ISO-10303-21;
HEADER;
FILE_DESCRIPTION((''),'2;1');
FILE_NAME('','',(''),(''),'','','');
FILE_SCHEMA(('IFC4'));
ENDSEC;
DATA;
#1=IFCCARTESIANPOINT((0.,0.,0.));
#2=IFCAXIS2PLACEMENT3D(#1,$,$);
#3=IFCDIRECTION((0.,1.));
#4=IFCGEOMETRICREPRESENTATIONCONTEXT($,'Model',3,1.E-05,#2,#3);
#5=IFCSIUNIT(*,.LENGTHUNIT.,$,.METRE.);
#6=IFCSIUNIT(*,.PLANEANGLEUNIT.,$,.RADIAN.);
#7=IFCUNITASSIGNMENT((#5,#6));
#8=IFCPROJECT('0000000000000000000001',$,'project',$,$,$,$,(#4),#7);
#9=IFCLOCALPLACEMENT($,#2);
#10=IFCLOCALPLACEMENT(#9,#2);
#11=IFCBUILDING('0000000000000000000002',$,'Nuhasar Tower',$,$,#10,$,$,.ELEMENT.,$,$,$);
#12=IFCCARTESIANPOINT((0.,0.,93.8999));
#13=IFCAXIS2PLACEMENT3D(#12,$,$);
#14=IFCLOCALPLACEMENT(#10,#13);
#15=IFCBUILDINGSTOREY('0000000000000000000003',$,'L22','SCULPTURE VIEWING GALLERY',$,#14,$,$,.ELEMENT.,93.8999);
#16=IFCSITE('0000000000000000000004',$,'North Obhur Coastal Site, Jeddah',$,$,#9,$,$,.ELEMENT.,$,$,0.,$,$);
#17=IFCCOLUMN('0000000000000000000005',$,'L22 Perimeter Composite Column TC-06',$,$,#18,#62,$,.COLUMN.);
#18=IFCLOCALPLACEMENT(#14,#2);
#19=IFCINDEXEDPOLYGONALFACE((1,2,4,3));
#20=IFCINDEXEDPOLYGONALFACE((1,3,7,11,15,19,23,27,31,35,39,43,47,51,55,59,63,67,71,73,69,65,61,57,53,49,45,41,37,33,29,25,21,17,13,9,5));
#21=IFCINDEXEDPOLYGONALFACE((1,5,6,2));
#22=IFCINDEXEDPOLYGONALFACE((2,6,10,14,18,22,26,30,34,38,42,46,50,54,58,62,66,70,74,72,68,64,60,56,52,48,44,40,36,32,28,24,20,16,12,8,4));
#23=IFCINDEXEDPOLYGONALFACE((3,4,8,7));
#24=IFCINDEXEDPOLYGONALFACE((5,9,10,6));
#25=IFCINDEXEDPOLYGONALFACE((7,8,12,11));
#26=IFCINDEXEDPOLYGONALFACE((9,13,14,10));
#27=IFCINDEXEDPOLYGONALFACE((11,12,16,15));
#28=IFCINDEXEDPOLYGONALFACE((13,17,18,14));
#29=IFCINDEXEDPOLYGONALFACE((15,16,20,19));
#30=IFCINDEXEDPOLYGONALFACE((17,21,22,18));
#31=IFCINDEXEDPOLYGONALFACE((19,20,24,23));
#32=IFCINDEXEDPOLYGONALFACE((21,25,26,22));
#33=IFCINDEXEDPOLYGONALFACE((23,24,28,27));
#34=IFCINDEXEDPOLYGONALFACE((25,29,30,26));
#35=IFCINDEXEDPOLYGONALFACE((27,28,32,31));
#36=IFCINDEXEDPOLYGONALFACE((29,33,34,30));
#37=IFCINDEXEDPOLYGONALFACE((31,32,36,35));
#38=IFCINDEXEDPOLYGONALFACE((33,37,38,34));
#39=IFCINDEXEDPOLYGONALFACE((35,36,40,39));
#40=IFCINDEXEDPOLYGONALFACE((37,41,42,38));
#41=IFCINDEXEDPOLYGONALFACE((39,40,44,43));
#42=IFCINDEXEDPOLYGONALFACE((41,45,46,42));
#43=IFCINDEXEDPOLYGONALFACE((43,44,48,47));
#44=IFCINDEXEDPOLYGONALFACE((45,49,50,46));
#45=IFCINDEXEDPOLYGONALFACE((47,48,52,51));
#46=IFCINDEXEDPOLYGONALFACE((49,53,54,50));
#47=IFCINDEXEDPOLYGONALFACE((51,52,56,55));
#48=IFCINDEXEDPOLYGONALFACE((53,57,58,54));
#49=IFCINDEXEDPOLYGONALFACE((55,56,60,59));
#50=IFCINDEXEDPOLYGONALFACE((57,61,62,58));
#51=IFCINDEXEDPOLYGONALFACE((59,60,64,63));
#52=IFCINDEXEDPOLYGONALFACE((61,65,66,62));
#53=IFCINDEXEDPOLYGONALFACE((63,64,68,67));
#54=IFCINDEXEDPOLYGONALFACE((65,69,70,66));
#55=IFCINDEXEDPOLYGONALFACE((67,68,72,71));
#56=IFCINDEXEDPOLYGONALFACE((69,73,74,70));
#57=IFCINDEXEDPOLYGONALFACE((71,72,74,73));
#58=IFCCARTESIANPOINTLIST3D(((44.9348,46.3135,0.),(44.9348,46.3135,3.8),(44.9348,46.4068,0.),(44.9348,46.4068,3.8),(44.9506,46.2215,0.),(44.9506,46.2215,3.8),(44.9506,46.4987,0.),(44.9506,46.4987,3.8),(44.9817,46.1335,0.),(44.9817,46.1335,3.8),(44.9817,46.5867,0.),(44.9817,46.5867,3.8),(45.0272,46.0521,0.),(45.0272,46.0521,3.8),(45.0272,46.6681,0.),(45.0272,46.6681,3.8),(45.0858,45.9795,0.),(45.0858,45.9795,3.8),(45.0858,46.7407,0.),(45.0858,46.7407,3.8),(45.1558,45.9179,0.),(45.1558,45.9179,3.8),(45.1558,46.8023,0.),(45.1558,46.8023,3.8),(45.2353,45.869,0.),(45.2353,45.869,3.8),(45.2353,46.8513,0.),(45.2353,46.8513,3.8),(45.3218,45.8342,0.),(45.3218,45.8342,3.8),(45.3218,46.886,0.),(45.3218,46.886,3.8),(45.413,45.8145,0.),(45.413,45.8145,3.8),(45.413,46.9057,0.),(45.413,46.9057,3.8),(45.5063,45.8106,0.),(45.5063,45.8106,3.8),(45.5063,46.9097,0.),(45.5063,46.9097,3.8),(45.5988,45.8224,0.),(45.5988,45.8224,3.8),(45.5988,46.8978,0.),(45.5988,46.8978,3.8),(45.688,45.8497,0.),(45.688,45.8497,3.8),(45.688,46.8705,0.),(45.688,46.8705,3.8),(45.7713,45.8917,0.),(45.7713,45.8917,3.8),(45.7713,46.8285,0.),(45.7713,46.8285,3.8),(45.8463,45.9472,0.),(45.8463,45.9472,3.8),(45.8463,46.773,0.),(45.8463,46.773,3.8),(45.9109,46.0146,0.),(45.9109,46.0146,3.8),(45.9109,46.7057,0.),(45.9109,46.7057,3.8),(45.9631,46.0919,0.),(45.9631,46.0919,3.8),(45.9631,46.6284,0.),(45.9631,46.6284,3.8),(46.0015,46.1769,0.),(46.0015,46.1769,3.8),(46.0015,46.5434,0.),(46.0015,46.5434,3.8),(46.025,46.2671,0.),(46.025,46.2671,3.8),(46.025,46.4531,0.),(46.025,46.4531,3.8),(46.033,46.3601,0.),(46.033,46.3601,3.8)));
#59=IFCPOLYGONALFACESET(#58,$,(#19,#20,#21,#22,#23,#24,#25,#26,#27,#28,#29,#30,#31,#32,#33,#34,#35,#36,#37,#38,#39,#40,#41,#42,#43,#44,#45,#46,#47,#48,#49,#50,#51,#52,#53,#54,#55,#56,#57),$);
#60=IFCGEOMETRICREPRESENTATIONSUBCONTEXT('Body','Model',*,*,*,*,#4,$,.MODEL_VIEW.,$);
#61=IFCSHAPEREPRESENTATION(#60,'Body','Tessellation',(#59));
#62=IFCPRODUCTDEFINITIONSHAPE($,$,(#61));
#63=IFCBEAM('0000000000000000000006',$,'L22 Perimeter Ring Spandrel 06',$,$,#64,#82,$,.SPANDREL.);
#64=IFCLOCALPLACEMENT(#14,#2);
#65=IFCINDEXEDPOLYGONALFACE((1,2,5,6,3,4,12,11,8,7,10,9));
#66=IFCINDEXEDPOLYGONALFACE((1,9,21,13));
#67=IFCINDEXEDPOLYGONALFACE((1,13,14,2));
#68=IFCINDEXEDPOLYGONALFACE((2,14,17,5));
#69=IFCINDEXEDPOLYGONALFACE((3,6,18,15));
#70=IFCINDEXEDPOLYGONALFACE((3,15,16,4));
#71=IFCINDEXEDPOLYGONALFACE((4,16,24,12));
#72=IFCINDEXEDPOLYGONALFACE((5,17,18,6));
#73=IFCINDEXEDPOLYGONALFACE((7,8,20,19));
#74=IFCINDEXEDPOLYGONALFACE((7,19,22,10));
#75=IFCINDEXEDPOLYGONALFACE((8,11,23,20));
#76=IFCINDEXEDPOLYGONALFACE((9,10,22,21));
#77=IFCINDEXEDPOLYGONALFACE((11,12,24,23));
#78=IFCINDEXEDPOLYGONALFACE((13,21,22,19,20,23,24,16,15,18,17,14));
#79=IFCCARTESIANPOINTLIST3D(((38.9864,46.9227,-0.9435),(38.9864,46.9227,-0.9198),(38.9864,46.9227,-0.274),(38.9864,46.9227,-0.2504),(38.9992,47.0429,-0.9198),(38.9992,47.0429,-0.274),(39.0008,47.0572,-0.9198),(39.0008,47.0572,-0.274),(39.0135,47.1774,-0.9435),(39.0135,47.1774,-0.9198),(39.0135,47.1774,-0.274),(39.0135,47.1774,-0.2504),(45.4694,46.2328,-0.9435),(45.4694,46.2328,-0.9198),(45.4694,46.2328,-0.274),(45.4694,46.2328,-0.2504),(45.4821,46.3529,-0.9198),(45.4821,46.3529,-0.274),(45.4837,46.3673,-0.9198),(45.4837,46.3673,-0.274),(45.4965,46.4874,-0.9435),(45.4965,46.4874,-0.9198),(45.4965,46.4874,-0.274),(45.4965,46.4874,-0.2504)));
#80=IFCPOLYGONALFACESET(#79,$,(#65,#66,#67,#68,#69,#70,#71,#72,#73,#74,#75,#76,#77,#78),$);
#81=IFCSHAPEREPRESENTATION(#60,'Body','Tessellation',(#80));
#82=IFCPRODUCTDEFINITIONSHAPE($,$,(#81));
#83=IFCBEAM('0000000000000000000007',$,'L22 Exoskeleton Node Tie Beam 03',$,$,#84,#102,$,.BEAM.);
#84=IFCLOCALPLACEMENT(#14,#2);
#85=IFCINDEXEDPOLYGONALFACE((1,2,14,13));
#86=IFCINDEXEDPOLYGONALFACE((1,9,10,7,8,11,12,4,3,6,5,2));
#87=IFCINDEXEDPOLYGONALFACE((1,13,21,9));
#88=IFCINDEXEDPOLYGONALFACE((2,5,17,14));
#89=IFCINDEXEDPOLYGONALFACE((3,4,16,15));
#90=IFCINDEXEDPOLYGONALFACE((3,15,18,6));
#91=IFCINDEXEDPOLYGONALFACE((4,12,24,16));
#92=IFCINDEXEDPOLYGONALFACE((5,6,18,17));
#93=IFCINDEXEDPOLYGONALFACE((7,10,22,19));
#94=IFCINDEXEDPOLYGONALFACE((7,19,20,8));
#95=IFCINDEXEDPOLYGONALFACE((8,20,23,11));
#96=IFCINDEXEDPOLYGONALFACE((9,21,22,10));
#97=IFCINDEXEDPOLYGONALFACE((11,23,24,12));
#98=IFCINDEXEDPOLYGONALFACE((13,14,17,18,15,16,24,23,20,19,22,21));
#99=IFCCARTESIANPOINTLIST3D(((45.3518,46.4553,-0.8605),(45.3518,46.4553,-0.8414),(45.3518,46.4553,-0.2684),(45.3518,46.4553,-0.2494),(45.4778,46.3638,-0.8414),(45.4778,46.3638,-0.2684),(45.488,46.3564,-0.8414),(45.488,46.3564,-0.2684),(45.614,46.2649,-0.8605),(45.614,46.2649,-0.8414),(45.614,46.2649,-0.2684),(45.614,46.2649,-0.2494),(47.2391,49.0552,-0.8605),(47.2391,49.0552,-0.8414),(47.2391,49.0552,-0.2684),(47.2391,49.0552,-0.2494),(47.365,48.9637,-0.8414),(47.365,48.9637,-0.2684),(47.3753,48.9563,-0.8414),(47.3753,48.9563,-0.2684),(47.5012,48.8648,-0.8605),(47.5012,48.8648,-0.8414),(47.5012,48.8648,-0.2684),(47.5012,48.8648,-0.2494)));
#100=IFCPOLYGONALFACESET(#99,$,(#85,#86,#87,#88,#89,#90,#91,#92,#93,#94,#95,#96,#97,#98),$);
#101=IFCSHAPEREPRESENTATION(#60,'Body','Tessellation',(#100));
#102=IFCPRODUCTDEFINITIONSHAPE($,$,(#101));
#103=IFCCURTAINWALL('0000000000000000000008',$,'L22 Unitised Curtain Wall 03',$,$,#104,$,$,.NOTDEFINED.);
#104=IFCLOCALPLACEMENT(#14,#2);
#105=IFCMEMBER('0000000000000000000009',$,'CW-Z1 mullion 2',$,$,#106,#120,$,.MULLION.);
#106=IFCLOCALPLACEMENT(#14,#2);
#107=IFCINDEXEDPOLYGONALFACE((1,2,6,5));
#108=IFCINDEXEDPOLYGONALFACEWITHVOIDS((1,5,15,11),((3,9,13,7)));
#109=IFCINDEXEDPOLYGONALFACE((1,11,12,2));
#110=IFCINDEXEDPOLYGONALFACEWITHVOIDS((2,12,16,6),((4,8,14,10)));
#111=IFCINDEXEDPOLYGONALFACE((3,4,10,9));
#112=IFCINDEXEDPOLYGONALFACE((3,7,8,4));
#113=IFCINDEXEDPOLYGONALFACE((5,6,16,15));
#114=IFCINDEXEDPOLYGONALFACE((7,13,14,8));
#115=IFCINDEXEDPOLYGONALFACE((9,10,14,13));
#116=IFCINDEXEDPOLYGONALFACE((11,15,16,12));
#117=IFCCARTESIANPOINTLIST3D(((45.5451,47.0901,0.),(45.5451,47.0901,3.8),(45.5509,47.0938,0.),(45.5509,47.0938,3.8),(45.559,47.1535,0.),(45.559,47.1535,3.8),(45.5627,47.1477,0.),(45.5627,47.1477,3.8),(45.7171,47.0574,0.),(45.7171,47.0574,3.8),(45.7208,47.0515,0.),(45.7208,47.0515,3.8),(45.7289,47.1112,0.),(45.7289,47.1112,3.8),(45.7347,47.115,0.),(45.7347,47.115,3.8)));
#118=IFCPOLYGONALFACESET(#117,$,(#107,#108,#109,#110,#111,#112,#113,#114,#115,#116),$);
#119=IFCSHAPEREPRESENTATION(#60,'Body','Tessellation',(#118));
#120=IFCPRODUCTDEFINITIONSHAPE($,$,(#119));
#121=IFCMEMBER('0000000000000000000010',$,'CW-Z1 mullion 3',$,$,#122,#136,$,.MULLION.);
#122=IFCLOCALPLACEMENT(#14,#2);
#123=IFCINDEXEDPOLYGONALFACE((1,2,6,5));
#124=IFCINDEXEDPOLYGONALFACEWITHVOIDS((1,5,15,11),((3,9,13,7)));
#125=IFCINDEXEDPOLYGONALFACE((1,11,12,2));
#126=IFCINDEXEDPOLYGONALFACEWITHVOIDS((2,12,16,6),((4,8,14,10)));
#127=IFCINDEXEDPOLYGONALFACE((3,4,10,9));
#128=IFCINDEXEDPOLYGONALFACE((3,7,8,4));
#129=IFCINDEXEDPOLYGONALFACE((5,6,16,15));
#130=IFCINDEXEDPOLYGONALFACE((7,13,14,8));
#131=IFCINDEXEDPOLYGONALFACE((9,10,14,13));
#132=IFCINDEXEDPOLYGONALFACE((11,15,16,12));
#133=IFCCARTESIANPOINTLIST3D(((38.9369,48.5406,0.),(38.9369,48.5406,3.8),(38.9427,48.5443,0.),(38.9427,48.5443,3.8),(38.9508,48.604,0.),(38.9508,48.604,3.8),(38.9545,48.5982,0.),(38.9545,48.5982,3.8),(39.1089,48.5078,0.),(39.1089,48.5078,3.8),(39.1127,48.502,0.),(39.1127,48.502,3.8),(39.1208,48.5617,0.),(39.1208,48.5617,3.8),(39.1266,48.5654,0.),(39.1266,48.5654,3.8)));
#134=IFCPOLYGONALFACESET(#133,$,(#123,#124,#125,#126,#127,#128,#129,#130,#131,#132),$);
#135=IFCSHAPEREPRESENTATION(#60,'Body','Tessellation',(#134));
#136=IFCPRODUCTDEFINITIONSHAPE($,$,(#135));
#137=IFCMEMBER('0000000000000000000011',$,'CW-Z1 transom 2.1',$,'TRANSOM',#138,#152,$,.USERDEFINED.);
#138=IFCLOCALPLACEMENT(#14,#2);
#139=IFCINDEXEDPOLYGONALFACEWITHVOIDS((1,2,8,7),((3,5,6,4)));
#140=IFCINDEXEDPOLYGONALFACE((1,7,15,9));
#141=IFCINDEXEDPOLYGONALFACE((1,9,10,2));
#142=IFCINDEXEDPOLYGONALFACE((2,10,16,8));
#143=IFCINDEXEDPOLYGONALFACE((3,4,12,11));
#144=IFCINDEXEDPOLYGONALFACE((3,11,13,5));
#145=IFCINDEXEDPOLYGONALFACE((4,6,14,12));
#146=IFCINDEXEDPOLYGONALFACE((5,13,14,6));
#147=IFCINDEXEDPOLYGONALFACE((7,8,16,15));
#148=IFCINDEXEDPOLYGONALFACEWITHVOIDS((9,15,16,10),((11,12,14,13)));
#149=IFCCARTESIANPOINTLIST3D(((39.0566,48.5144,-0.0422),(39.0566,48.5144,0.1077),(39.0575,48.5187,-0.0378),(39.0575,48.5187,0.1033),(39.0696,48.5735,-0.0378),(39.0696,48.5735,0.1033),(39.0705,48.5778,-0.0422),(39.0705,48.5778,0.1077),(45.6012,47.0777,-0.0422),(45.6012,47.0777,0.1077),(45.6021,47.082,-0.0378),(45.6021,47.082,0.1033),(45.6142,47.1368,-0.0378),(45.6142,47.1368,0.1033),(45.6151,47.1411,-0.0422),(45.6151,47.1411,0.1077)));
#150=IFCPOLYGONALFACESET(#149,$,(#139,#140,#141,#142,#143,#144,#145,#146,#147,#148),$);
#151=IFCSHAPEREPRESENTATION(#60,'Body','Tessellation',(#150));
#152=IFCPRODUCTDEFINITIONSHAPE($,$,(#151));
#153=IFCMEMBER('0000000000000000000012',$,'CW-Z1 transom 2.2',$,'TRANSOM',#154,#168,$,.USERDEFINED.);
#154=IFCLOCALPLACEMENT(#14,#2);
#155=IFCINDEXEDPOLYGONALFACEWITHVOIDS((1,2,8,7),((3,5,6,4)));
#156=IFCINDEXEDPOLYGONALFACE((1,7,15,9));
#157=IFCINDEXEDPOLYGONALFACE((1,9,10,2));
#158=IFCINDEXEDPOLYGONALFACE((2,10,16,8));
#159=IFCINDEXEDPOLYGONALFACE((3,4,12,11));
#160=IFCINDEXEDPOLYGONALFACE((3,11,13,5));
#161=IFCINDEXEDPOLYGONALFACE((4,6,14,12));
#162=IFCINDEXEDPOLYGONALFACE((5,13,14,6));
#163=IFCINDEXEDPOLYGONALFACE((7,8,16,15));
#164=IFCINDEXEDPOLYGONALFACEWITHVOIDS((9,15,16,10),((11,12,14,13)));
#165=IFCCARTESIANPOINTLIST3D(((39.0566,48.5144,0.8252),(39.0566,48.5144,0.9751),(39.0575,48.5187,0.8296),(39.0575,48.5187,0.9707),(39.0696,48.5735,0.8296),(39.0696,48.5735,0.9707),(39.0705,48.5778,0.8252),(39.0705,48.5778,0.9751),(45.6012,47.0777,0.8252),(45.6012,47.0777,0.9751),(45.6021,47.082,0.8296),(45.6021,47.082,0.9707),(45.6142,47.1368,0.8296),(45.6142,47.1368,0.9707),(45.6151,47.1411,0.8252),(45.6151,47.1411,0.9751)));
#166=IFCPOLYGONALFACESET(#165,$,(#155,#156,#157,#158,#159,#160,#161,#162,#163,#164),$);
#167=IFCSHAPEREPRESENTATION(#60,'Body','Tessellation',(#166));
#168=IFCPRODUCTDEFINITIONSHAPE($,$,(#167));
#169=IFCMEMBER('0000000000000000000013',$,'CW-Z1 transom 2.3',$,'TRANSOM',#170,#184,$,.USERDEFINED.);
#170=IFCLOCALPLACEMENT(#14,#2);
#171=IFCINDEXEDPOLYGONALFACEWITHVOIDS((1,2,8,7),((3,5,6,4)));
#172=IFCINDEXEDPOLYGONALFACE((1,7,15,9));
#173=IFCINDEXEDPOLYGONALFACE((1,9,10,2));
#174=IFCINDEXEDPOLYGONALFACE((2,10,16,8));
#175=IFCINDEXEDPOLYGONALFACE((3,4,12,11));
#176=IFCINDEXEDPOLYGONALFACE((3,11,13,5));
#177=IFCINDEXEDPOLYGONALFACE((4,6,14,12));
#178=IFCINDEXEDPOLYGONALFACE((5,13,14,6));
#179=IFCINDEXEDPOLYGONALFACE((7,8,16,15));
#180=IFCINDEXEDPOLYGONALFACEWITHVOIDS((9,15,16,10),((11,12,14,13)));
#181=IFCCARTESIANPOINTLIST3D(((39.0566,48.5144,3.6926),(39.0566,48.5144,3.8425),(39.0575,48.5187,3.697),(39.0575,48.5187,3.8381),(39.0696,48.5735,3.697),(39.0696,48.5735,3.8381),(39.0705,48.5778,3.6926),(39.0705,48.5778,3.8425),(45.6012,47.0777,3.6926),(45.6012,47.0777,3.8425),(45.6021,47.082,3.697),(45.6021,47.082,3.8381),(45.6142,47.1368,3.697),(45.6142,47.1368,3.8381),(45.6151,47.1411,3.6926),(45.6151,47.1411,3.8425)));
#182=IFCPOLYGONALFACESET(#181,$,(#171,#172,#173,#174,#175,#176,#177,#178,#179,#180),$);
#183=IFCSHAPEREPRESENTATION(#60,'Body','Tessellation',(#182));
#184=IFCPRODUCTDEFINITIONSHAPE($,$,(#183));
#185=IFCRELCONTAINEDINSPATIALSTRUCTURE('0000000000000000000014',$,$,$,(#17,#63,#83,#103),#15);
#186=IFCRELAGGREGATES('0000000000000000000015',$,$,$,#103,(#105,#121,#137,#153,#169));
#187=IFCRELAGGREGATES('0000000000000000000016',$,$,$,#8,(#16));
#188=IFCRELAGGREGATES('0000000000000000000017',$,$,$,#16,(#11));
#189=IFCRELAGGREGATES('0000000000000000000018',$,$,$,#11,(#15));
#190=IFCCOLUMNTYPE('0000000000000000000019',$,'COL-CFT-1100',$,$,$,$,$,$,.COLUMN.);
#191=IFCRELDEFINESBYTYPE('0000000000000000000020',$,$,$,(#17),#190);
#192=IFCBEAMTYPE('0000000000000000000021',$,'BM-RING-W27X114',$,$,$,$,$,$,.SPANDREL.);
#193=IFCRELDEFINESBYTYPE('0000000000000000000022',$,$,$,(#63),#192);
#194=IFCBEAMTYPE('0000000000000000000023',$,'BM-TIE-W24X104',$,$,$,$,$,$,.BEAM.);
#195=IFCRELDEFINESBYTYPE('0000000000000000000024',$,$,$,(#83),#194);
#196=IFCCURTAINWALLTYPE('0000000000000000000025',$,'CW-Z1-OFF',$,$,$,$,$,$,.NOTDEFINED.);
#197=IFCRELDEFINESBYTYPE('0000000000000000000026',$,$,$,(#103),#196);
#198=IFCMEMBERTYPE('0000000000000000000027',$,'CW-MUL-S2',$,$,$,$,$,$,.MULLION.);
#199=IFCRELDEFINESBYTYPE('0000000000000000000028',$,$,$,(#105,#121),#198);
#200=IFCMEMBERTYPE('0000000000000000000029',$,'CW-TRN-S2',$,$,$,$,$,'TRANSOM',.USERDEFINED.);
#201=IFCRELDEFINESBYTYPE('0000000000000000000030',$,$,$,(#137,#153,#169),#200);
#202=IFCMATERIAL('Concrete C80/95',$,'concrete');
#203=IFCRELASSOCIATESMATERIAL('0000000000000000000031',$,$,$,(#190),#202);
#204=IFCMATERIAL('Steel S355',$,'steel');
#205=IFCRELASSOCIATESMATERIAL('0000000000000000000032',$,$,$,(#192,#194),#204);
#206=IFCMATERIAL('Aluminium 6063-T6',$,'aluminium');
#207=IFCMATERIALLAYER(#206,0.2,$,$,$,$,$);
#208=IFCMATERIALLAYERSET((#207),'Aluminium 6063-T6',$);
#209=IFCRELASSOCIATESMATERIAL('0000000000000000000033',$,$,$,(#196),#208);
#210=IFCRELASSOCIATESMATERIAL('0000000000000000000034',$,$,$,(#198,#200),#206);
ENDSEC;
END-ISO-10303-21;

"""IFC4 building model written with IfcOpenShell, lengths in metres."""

from ifc_helpers import new_model, si_unit, direction, frame, origin, origin_2d, place, context, subcontext, project, spatial, hollow_rectangle, circle, i_section, extrude, material, layer, layer_set, material_profile, profile_set, type_object, element, aggregate, save


model = new_model("IFC4")

# Units and contexts
model_context = context("Model", 3, precision=1e-05, world=origin(), true_north=direction((0.0, 1.0)))
body_context = subcontext(model_context, "Body", "Model", "MODEL_VIEW")
ifc_project = project(units=[si_unit("LENGTHUNIT", "METRE"), si_unit("PLANEANGLEUNIT", "RADIAN")], contexts=[model_context])

# Site, building, storey
site_placement = place(None, origin())
site = spatial("IfcSite", under=ifc_project, at=site_placement, Name="North Obhur Coastal Site, Jeddah", CompositionType="ELEMENT", RefElevation=0.0)
building_placement = place(site_placement, origin())
building = spatial("IfcBuilding", under=site, at=building_placement, Name="Nuhasar Tower", CompositionType="ELEMENT")
storey_placement = place(building_placement, frame((0.0, 0.0, 93.8999)))
storey = spatial("IfcBuildingStorey", under=building, at=storey_placement, Name="L22", Description="SCULPTURE VIEWING GALLERY", CompositionType="ELEMENT", Elevation=93.8999)

# Column
ifc_material_1 = material(Name="Concrete C80/95", Category="concrete")
ifc_material_profile_1 = material_profile(ifc_material_1, circle(Radius=0.55, at=origin_2d()), Name="CFT1100")
ifc_profile_set_1 = profile_set([ifc_material_profile_1], Name="Concrete C80/95")
column_type = type_object("IfcColumnType", Name="COL-CFT-1100", PredefinedType="COLUMN", material=ifc_profile_set_1)
column_placement = place(storey_placement, frame((45.4829, 46.3601, 0.0), z_axis=(0.0, 0.0, 1.0), x_axis=(1.0, 0.0, 0.0)))
element("IfcColumn", 1, at=column_placement, inside=storey, type_object=column_type, Name="L22 Perimeter Composite Column TC-06", PredefinedType="COLUMN", context=body_context, shape_type="SweptSolid", body=[
    extrude(circle(Radius=0.55, at=origin_2d()), origin(), (0.0, 0.0, 1.0), 3.8),
])

# Beams
ifc_material_2 = material(Name="Steel S355", Category="steel")
ifc_material_profile_2 = material_profile(ifc_material_2, i_section(OverallWidth=0.2561, OverallDepth=0.6931, WebThickness=0.0144, FlangeThickness=0.0237, at=origin_2d()), Name="W27X114")
ifc_profile_set_2 = profile_set([ifc_material_profile_2], Name="Steel S355")
beam_type_1 = type_object("IfcBeamType", Name="BM-RING-W27X114", PredefinedType="SPANDREL", material=ifc_profile_set_2)
beam_1_placement = place(storey_placement, frame((45.4829, 46.3601, -0.5969), z_axis=(-0.994385, 0.105827, 0.0), x_axis=(-0.105827, -0.994385, 0.0)))
element("IfcBeam", 2, at=beam_1_placement, inside=storey, type_object=beam_type_1, Name="L22 Perimeter Ring Spandrel 06", PredefinedType="SPANDREL", context=body_context, shape_type="SweptSolid", body=[
    extrude(i_section(OverallWidth=0.2561, OverallDepth=0.6931, WebThickness=0.0144, FlangeThickness=0.0237, at=origin_2d()), origin(), (0.0, 0.0, 1.0), 6.5195),
])
ifc_material_profile_3 = material_profile(ifc_material_2, i_section(OverallWidth=0.324, OverallDepth=0.6111, WebThickness=0.0127, FlangeThickness=0.019, at=origin_2d()), Name="W24X104")
ifc_profile_set_3 = profile_set([ifc_material_profile_3], Name="Steel S355")
beam_type_2 = type_object("IfcBeamType", Name="BM-TIE-W24X104", PredefinedType="BEAM", material=ifc_profile_set_3)
beam_2_placement = place(storey_placement, frame((45.4829, 46.3601, -0.5549), z_axis=(0.587439, 0.809268, 0.0), x_axis=(-0.809268, 0.587439, 0.0)))
element("IfcBeam", 3, at=beam_2_placement, inside=storey, type_object=beam_type_2, Name="L22 Exoskeleton Node Tie Beam 03", PredefinedType="BEAM", context=body_context, shape_type="SweptSolid", body=[
    extrude(i_section(OverallWidth=0.324, OverallDepth=0.6111, WebThickness=0.0127, FlangeThickness=0.019, at=origin_2d()), origin(), (0.0, 0.0, 1.0), 3.2126),
])

# Curtain wall, members
ifc_material_3 = material(Name="Aluminium 6063-T6", Category="aluminium")
ifc_layer_1 = layer(ifc_material_3, 0.2)
ifc_layer_set_1 = layer_set([ifc_layer_1], Name="Aluminium 6063-T6")
curtain_wall_type = type_object("IfcCurtainWallType", Name="CW-Z1-OFF", PredefinedType="NOTDEFINED", material=ifc_layer_set_1)
curtain_wall_placement = place(storey_placement, origin())
curtain_wall = element("IfcCurtainWall", 4, at=curtain_wall_placement, inside=storey, type_object=curtain_wall_type, Name="L22 Unitised Curtain Wall 03", PredefinedType="NOTDEFINED")
ifc_material_profile_4 = material_profile(ifc_material_3, hollow_rectangle(XDim=0.0649, YDim=0.1799, WallThickness=0.0049, at=origin_2d()), Name="CWM-2")
ifc_profile_set_4 = profile_set([ifc_material_profile_4], Name="Aluminium 6063-T6")
member_type_1 = type_object("IfcMemberType", Name="CW-MUL-S2", PredefinedType="MULLION", material=ifc_profile_set_4)
member_1_placement = place(storey_placement, frame((45.6399, 47.1025, 0.0), z_axis=(0.0, 0.0, 1.0), x_axis=(-0.214399, -0.976746, 0.0)))
member_1 = element("IfcMember", 5, at=member_1_placement, type_object=member_type_1, Name="CW-Z1 mullion 2", PredefinedType="MULLION", context=body_context, shape_type="SweptSolid", body=[
    extrude(hollow_rectangle(XDim=0.0649, YDim=0.1799, WallThickness=0.0049, at=origin_2d()), origin(), (0.0, 0.0, 1.0), 3.8),
])
member_2_placement = place(storey_placement, frame((39.0317, 48.553, 0.0), z_axis=(0.0, 0.0, 1.0), x_axis=(-0.214399, -0.976746, 0.0)))
member_2 = element("IfcMember", 6, at=member_2_placement, type_object=member_type_1, Name="CW-Z1 mullion 3", PredefinedType="MULLION", context=body_context, shape_type="SweptSolid", body=[
    extrude(hollow_rectangle(XDim=0.0649, YDim=0.1799, WallThickness=0.0049, at=origin_2d()), origin(), (0.0, 0.0, 1.0), 3.8),
])
ifc_material_profile_5 = material_profile(ifc_material_3, hollow_rectangle(XDim=0.0649, YDim=0.1499, WallThickness=0.0044, at=origin_2d()), Name="CWT-2")
ifc_profile_set_5 = profile_set([ifc_material_profile_5], Name="Aluminium 6063-T6")
member_type_2 = type_object("IfcMemberType", Name="CW-TRN-S2", ElementType="TRANSOM", PredefinedType="USERDEFINED", material=ifc_profile_set_5)
member_3_placement = place(storey_placement, frame((45.6082, 47.1094, 0.0327), z_axis=(-0.97674, 0.214426, 0.0), x_axis=(-0.214426, -0.97674, 0.0)))
member_3 = element("IfcMember", 7, at=member_3_placement, type_object=member_type_2, Name="CW-Z1 transom 2.1", ObjectType="TRANSOM", PredefinedType="USERDEFINED", context=body_context, shape_type="SweptSolid", body=[
    extrude(hollow_rectangle(XDim=0.0649, YDim=0.1499, WallThickness=0.0044, at=origin_2d()), origin(), (0.0, 0.0, 1.0), 6.7004),
])
member_4_placement = place(storey_placement, frame((45.6082, 47.1094, 0.9001), z_axis=(-0.97674, 0.214426, 0.0), x_axis=(-0.214426, -0.97674, 0.0)))
member_4 = element("IfcMember", 8, at=member_4_placement, type_object=member_type_2, Name="CW-Z1 transom 2.2", ObjectType="TRANSOM", PredefinedType="USERDEFINED", context=body_context, shape_type="SweptSolid", body=[
    extrude(hollow_rectangle(XDim=0.0649, YDim=0.1499, WallThickness=0.0044, at=origin_2d()), origin(), (0.0, 0.0, 1.0), 6.7004),
])
member_5_placement = place(storey_placement, frame((45.6082, 47.1094, 3.7676), z_axis=(-0.97674, 0.214426, 0.0), x_axis=(-0.214426, -0.97674, 0.0)))
member_5 = element("IfcMember", 9, at=member_5_placement, type_object=member_type_2, Name="CW-Z1 transom 2.3", ObjectType="TRANSOM", PredefinedType="USERDEFINED", context=body_context, shape_type="SweptSolid", body=[
    extrude(hollow_rectangle(XDim=0.0649, YDim=0.1499, WallThickness=0.0044, at=origin_2d()), origin(), (0.0, 0.0, 1.0), 6.7004),
])

aggregate(curtain_wall, [member_1, member_2, member_3, member_4, member_5])

save(model, "model.ifc")
